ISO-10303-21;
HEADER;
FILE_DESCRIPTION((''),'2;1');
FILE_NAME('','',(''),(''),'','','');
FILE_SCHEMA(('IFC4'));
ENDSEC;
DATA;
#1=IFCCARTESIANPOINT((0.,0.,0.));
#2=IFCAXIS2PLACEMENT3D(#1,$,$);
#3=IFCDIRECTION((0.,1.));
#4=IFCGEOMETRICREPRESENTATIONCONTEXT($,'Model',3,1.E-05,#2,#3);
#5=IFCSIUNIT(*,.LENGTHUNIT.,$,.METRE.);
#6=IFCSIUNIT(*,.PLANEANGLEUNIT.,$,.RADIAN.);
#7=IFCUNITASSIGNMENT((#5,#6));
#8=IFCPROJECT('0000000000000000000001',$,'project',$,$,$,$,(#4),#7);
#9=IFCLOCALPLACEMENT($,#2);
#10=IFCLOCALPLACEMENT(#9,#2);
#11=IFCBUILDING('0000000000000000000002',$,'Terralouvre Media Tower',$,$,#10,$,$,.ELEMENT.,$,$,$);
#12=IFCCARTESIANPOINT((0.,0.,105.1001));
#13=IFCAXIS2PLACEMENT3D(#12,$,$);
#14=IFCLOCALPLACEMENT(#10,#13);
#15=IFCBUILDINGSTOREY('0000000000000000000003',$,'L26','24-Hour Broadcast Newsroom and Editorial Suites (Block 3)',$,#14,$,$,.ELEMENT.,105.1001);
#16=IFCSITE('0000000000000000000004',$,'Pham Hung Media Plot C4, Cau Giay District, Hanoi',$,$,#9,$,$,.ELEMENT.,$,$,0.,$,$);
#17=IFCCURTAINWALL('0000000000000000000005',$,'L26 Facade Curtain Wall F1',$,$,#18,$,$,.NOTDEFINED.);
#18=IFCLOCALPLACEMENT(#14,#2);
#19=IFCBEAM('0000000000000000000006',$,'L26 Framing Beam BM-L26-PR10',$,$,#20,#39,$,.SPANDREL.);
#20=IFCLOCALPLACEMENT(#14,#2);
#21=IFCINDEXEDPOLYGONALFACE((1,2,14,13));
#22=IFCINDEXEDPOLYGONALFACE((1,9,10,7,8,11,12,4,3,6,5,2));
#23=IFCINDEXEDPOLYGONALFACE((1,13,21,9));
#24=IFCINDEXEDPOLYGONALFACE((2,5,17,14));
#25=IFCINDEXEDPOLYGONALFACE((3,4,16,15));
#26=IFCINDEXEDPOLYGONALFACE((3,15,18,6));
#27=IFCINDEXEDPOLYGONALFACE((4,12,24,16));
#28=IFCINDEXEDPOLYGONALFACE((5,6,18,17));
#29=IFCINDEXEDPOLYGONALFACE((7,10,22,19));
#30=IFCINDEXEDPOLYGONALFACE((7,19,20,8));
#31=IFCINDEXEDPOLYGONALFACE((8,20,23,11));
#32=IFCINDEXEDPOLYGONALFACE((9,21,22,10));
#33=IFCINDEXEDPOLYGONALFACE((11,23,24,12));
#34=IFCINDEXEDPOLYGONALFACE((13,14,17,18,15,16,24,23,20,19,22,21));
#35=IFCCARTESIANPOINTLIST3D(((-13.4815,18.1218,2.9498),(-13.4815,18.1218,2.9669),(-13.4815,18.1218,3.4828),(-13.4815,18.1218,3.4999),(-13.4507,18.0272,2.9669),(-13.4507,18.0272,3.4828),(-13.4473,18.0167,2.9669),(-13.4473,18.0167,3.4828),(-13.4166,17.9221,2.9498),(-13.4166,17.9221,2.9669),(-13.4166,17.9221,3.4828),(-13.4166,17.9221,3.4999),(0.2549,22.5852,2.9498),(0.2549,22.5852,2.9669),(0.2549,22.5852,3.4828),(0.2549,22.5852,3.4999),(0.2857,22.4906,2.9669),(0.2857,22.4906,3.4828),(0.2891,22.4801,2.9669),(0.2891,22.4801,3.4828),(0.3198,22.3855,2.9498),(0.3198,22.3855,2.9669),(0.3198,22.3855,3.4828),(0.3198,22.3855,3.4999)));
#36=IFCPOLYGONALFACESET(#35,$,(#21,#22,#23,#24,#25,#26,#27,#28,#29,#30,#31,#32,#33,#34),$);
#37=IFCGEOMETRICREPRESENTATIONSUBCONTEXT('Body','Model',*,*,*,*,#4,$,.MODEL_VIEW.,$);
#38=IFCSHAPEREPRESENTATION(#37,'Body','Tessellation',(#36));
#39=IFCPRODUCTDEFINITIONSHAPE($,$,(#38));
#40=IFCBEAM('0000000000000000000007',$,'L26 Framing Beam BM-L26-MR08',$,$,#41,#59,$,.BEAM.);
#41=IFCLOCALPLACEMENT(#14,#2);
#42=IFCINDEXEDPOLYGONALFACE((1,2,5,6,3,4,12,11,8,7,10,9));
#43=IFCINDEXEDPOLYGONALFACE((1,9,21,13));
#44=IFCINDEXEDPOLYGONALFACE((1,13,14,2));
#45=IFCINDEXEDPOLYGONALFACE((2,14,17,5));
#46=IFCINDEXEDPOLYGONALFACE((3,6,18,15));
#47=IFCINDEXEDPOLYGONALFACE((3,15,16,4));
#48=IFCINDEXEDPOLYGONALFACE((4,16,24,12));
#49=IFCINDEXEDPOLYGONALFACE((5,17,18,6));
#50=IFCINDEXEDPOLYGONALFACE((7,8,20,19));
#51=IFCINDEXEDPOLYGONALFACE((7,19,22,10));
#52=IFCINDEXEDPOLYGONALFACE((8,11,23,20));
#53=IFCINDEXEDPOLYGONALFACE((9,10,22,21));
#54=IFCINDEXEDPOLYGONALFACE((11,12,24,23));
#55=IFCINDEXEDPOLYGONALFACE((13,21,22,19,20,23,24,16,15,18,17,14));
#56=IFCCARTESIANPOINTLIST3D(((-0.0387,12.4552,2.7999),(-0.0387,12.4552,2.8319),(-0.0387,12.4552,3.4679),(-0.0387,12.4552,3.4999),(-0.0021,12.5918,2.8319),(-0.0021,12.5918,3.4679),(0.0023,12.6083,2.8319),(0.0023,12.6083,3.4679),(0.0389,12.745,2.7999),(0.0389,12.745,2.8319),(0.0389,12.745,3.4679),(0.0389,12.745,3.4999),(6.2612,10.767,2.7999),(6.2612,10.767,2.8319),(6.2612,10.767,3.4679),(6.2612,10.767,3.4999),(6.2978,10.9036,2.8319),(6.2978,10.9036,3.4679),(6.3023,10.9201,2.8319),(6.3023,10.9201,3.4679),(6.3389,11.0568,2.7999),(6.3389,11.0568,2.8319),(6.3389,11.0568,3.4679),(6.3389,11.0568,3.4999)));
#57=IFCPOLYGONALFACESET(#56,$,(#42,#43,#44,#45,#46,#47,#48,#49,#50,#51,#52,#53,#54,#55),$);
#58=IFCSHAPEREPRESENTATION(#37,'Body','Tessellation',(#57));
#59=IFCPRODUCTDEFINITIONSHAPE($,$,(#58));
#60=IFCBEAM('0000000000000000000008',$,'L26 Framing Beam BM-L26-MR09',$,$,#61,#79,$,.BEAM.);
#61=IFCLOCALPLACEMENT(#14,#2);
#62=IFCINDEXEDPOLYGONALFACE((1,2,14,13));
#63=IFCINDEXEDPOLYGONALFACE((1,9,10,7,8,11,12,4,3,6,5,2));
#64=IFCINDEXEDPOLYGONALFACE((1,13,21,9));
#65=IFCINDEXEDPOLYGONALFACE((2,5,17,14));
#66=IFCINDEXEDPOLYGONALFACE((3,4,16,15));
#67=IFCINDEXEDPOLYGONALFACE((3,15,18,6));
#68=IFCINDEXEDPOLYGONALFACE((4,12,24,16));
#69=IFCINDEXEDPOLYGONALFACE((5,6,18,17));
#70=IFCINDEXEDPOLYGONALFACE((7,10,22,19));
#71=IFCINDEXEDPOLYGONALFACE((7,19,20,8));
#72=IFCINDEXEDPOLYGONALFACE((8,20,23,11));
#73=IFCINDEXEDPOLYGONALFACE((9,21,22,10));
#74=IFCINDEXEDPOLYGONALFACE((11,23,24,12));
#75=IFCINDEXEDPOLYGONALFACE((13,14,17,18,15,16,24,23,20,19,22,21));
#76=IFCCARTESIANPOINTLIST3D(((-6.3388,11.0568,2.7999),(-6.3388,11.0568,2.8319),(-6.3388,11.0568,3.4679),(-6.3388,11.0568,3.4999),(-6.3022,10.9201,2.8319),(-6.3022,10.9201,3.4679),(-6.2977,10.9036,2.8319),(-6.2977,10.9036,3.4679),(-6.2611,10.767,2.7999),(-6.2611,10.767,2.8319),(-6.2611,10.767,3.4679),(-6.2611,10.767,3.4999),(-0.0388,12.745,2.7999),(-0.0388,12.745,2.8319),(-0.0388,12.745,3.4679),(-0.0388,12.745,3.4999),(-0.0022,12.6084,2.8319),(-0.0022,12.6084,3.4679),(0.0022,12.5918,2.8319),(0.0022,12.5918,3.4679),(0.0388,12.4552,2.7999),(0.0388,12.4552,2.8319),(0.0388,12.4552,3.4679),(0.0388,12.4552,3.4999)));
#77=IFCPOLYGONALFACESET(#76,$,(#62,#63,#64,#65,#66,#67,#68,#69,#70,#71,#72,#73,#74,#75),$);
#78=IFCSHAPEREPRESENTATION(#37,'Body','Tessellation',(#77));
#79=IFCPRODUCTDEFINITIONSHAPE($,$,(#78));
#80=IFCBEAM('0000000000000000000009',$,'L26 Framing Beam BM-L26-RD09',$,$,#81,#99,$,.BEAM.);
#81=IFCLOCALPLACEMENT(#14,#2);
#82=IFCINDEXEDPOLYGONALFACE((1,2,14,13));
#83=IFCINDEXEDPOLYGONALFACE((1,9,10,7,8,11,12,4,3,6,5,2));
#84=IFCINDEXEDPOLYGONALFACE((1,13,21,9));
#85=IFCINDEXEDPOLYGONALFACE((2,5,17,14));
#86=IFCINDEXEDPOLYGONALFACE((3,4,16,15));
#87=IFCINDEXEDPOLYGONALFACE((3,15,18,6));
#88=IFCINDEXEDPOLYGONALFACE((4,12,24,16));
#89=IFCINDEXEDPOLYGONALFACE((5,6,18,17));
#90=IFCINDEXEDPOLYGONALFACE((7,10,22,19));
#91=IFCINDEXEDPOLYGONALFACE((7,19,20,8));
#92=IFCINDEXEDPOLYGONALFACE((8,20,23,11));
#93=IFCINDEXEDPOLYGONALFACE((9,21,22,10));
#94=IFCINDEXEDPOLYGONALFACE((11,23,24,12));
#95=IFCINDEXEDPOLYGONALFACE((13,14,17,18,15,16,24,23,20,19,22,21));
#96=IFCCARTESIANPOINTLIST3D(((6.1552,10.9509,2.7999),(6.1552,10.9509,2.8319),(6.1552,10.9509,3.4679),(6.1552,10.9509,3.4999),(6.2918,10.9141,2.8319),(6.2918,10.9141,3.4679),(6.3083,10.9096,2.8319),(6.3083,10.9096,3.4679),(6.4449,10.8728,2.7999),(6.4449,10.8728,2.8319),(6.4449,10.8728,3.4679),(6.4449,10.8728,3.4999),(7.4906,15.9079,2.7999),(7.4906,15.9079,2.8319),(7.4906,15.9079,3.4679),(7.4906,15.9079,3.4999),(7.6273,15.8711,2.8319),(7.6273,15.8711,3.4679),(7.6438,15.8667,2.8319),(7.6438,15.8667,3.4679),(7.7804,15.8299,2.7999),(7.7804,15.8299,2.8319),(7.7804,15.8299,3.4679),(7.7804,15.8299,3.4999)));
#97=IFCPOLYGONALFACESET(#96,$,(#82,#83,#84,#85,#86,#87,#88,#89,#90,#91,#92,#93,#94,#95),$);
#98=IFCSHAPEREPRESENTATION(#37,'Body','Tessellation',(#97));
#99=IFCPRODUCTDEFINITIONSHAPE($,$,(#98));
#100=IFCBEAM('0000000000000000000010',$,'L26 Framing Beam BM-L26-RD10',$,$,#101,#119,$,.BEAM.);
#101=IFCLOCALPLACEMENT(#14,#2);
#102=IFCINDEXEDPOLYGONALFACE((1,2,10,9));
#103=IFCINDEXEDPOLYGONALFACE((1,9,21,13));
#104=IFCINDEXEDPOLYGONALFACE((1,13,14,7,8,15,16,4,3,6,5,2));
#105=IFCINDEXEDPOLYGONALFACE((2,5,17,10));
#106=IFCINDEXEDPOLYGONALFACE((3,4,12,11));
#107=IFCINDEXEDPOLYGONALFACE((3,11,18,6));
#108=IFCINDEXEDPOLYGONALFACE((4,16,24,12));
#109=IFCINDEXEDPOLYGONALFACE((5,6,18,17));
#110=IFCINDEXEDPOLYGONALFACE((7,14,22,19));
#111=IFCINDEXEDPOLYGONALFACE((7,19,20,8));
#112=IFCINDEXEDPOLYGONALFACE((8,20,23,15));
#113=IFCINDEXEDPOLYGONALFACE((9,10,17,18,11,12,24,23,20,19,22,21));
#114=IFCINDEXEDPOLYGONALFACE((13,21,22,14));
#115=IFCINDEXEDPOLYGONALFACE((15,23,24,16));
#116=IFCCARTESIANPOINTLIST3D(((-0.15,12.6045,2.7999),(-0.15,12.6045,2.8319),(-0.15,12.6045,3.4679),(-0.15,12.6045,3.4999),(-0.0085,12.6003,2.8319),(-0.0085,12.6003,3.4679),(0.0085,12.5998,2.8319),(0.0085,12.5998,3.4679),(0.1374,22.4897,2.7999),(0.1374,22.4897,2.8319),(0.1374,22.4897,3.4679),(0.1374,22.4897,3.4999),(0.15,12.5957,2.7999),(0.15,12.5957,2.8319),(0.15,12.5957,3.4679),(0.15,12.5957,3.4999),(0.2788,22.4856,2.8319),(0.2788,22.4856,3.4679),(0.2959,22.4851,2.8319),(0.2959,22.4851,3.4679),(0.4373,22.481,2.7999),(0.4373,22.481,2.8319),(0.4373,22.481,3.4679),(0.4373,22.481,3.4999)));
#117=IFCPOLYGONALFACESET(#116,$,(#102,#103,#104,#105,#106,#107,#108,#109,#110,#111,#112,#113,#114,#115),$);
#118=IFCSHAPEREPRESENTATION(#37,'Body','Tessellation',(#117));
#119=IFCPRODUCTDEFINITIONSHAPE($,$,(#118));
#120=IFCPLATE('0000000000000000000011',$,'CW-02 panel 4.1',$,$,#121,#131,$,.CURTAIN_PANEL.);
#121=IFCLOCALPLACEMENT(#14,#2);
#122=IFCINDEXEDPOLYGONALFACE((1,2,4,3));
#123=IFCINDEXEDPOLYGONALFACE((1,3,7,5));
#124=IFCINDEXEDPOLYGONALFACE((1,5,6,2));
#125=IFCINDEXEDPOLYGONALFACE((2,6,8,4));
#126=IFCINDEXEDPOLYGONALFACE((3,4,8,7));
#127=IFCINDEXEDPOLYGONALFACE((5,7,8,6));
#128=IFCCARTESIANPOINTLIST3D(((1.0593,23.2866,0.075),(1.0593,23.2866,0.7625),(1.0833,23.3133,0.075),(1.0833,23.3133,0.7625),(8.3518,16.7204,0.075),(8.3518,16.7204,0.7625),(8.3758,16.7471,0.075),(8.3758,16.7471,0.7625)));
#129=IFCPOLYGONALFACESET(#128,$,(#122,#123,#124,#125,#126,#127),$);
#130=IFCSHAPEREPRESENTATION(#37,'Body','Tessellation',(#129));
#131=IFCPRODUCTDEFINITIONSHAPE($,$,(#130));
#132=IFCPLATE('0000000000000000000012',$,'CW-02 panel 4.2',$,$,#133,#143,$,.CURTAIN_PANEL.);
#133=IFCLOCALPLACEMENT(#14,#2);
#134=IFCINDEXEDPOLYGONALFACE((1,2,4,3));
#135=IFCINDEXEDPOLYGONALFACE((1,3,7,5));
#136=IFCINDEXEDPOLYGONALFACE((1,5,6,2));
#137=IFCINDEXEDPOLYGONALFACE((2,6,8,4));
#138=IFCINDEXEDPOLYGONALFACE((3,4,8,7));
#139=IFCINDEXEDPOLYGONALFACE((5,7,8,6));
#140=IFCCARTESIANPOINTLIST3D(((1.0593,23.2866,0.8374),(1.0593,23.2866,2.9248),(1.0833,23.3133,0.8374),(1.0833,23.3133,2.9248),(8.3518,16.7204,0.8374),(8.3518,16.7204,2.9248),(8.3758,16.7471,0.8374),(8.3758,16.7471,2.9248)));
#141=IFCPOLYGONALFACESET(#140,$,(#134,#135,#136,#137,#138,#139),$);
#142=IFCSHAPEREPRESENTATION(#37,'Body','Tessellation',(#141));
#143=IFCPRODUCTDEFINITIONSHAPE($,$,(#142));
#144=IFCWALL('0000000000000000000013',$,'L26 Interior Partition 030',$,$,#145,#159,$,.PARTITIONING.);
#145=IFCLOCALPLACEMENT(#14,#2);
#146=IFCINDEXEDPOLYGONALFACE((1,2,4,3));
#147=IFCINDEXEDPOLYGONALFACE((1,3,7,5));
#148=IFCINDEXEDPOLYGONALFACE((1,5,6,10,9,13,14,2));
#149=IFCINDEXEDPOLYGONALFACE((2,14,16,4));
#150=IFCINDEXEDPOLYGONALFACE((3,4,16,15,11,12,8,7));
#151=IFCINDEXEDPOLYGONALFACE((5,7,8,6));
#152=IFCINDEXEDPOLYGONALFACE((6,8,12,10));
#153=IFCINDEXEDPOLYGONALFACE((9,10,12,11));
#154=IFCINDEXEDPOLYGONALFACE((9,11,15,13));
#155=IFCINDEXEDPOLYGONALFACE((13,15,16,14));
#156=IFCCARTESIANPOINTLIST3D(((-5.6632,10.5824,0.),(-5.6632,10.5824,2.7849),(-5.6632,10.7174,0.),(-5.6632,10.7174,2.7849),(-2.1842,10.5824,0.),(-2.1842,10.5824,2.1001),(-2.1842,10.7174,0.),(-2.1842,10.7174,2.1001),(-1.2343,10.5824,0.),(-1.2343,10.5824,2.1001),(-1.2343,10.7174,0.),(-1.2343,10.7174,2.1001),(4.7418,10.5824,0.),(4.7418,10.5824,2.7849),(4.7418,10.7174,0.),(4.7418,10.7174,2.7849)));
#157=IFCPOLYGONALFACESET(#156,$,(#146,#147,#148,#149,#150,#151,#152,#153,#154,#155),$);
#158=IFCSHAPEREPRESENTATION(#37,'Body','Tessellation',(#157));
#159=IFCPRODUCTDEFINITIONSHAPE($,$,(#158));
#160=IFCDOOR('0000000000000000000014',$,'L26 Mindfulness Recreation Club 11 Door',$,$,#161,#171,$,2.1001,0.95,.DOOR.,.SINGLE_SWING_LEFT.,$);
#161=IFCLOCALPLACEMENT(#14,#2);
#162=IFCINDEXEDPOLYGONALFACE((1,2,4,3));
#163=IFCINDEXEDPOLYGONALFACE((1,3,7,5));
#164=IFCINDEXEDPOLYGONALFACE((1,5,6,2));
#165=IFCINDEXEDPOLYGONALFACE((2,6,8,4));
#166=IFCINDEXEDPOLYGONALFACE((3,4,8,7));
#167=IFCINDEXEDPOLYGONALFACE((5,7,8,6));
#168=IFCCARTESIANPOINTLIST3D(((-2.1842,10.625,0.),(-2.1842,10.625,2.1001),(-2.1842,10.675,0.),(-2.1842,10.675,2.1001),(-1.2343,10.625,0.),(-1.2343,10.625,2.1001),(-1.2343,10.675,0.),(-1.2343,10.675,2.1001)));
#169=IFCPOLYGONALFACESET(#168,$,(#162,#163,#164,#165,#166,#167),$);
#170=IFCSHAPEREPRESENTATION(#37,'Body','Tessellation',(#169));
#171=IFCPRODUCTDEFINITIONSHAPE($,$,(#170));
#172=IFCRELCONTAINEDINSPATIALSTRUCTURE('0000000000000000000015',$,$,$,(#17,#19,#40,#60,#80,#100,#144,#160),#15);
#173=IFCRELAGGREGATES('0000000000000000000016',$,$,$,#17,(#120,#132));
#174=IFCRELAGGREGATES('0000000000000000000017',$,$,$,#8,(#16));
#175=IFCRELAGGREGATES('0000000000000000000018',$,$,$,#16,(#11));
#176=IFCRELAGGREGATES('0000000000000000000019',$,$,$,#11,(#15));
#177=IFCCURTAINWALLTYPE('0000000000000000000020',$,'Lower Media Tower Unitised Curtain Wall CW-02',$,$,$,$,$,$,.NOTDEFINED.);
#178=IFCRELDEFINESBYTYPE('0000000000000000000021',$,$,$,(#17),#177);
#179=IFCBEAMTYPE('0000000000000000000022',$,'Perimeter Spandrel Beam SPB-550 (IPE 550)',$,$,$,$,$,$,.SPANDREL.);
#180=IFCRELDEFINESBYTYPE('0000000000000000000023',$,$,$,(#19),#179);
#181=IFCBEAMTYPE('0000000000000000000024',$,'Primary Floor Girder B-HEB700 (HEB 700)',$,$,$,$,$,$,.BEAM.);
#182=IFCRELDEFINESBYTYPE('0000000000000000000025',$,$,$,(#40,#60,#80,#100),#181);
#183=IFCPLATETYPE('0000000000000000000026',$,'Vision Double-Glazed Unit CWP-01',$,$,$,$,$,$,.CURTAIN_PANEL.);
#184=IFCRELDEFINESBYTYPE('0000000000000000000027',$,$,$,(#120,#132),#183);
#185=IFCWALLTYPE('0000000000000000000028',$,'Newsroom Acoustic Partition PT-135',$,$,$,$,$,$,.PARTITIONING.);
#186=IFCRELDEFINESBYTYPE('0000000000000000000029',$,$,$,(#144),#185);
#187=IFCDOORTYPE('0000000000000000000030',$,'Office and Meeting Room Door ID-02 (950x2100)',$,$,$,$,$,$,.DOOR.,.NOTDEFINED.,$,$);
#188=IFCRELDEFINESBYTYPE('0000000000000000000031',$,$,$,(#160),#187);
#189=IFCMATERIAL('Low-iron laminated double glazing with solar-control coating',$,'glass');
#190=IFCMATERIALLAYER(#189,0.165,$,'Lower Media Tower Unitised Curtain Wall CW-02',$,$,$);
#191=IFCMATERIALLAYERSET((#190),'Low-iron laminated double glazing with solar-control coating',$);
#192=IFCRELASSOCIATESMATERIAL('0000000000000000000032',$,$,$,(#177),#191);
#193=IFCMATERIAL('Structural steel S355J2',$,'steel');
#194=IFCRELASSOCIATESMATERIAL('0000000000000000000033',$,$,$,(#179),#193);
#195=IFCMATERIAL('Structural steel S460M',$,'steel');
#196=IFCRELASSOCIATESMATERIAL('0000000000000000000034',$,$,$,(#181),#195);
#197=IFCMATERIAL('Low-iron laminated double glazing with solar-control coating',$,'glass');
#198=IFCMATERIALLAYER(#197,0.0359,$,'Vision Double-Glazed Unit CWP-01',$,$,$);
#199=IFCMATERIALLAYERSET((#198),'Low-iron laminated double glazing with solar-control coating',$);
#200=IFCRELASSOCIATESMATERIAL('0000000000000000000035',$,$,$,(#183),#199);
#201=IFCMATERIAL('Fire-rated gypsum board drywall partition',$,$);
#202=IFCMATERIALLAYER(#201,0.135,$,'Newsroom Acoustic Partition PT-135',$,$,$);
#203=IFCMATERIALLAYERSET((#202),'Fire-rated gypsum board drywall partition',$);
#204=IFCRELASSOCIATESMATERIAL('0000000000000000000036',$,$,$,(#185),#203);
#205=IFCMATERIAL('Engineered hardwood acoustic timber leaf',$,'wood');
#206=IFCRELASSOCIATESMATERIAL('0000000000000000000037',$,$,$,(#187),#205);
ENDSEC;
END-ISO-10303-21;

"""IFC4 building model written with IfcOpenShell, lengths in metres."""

from ifc_helpers import new_model, si_unit, direction, frame, frame_2d, origin, origin_2d, place, context, subcontext, project, spatial, rectangle, i_section, extrude, material, layer, layer_set, material_profile, profile_set, type_object, element, fill, aggregate, save


model = new_model("IFC4")

# Units and contexts
model_context = context("Model", 3, precision=1e-05, world=origin(), true_north=direction((0.0, 1.0)))
body_context = subcontext(model_context, "Body", "Model", "MODEL_VIEW")
ifc_project = project(units=[si_unit("LENGTHUNIT", "METRE"), si_unit("PLANEANGLEUNIT", "RADIAN")], contexts=[model_context])

# Site, building, storey
site_placement = place(None, origin())
site = spatial("IfcSite", under=ifc_project, at=site_placement, Name="Pham Hung Media Plot C4, Cau Giay District, Hanoi", CompositionType="ELEMENT", RefElevation=0.0)
building_placement = place(site_placement, origin())
building = spatial("IfcBuilding", under=site, at=building_placement, Name="Terralouvre Media Tower", CompositionType="ELEMENT")
storey_placement = place(building_placement, frame((0.0, 0.0, 105.1001)))
storey = spatial("IfcBuildingStorey", under=building, at=storey_placement, Name="L26", Description="24-Hour Broadcast Newsroom and Editorial Suites (Block 3)", CompositionType="ELEMENT", Elevation=105.1001)

# Curtain wall
ifc_material_1 = material(Name="Low-iron laminated double glazing with solar-control coating", Category="glass")
ifc_layer_1 = layer(ifc_material_1, 0.165, Name="Lower Media Tower Unitised Curtain Wall CW-02")
ifc_layer_set_1 = layer_set([ifc_layer_1], Name="Low-iron laminated double glazing with solar-control coating")
curtain_wall_type = type_object("IfcCurtainWallType", Name="Lower Media Tower Unitised Curtain Wall CW-02", PredefinedType="NOTDEFINED", material=ifc_layer_set_1)
curtain_wall_placement = place(storey_placement, origin())
curtain_wall = element("IfcCurtainWall", 1, at=curtain_wall_placement, inside=storey, type_object=curtain_wall_type, Name="L26 Facade Curtain Wall F1", PredefinedType="NOTDEFINED")

# Beams
ifc_material_2 = material(Name="Structural steel S355J2", Category="steel")
ifc_material_profile_1 = material_profile(ifc_material_2, i_section(OverallWidth=0.21, OverallDepth=0.55, WebThickness=0.011, FlangeThickness=0.0171, at=origin_2d()), Name="IPE 550")
ifc_profile_set_1 = profile_set([ifc_material_profile_1], Name="Structural steel S355J2")
beam_type_1 = type_object("IfcBeamType", Name="Perimeter Spandrel Beam SPB-550 (IPE 550)", PredefinedType="SPANDREL", material=ifc_profile_set_1)
beam_1_placement = place(storey_placement, frame((0.2874, 22.4854, 3.2249), z_axis=(-0.951053, -0.309028, 0.0), x_axis=(0.309028, -0.951053, 0.0)))
element("IfcBeam", 2, at=beam_1_placement, inside=storey, type_object=beam_type_1, Name="L26 Framing Beam BM-L26-PR10", PredefinedType="SPANDREL", context=body_context, shape_type="SweptSolid", body=[
    extrude(i_section(OverallWidth=0.21, OverallDepth=0.55, WebThickness=0.011, FlangeThickness=0.0171, at=origin_2d()), origin(), (0.0, 0.0, 1.0), 14.4434),
])
ifc_material_3 = material(Name="Structural steel S460M", Category="steel")
ifc_material_profile_2 = material_profile(ifc_material_3, i_section(OverallWidth=0.3, OverallDepth=0.7, WebThickness=0.0171, FlangeThickness=0.032, at=origin_2d()), Name="HEB 700")
ifc_profile_set_2 = profile_set([ifc_material_profile_2], Name="Structural steel S460M")
beam_type_2 = type_object("IfcBeamType", Name="Primary Floor Girder B-HEB700 (HEB 700)", PredefinedType="BEAM", material=ifc_profile_set_2)
for number, where, z_axis, x_axis, name in (
    (3, (6.3, 10.9119, 3.1499), (-0.96592, 0.258839, 0.0), (-0.258839, -0.96592, 0.0), "L26 Framing Beam BM-L26-MR08"),
    (4, (0.0, 12.6001, 3.1499), (-0.96592, -0.258839, 0.0), (0.258839, -0.96592, 0.0), "L26 Framing Beam BM-L26-MR09"),
):
    element("IfcBeam", number, at=place(storey_placement, frame(where, z_axis=z_axis, x_axis=x_axis)), inside=storey, type_object=beam_type_2, Name=name, PredefinedType="BEAM", context=body_context, shape_type="SweptSolid", body=[
        extrude(i_section(OverallWidth=0.3, OverallDepth=0.7, WebThickness=0.0171, FlangeThickness=0.032, at=origin_2d()), origin(), (0.0, 0.0, 1.0), 6.5222),
    ])
beam_2_placement = place(storey_placement, frame((6.3, 10.9119, 3.1499), z_axis=(0.26013, 0.965574, 0.0), x_axis=(-0.965574, 0.26013, 0.0)))
element("IfcBeam", 5, at=beam_2_placement, inside=storey, type_object=beam_type_2, Name="L26 Framing Beam BM-L26-RD09", PredefinedType="BEAM", context=body_context, shape_type="SweptSolid", body=[
    extrude(i_section(OverallWidth=0.3, OverallDepth=0.7, WebThickness=0.0171, FlangeThickness=0.032, at=origin_2d()), origin(), (0.0, 0.0, 1.0), 5.1338),
])
beam_3_placement = place(storey_placement, frame((0.0, 12.6001, 3.1499), z_axis=(0.029057, 0.999578, 0.0), x_axis=(-0.999578, 0.029057, 0.0)))
element("IfcBeam", 6, at=beam_3_placement, inside=storey, type_object=beam_type_2, Name="L26 Framing Beam BM-L26-RD10", PredefinedType="BEAM", context=body_context, shape_type="SweptSolid", body=[
    extrude(i_section(OverallWidth=0.3, OverallDepth=0.7, WebThickness=0.0171, FlangeThickness=0.032, at=origin_2d()), origin(), (0.0, 0.0, 1.0), 9.8894),
])

# Plates
ifc_material_4 = material(Name="Low-iron laminated double glazing with solar-control coating", Category="glass")
ifc_layer_2 = layer(ifc_material_4, 0.0359, Name="Vision Double-Glazed Unit CWP-01")
ifc_layer_set_2 = layer_set([ifc_layer_2], Name="Low-iron laminated double glazing with solar-control coating")
plate_type = type_object("IfcPlateType", Name="Vision Double-Glazed Unit CWP-01", PredefinedType="CURTAIN_PANEL", material=ifc_layer_set_2)
plate_1_placement = place(storey_placement, frame((4.7175, 20.0168, 0.075), z_axis=(0.0, 0.0, 1.0), x_axis=(-0.743145, 0.669131, 0.0)))
plate_1 = element("IfcPlate", 7, at=plate_1_placement, type_object=plate_type, Name="CW-02 panel 4.1", PredefinedType="CURTAIN_PANEL", context=body_context, shape_type="SweptSolid", body=[
    extrude(rectangle(XDim=9.813, YDim=0.0359, at=origin_2d()), origin(), (0.0, 0.0, 1.0), 0.6875),
])
plate_2_placement = place(storey_placement, frame((4.7175, 20.0168, 0.8374), z_axis=(0.0, 0.0, 1.0), x_axis=(-0.743145, 0.669131, 0.0)))
plate_2 = element("IfcPlate", 8, at=plate_2_placement, type_object=plate_type, Name="CW-02 panel 4.2", PredefinedType="CURTAIN_PANEL", context=body_context, shape_type="SweptSolid", body=[
    extrude(rectangle(XDim=9.813, YDim=0.0359, at=origin_2d()), origin(), (0.0, 0.0, 1.0), 2.0874),
])
aggregate(curtain_wall, [plate_1, plate_2])

# Wall, opening, door
ifc_material_5 = material(Name="Fire-rated gypsum board drywall partition")
ifc_layer_3 = layer(ifc_material_5, 0.135, Name="Newsroom Acoustic Partition PT-135")
ifc_layer_set_3 = layer_set([ifc_layer_3], Name="Fire-rated gypsum board drywall partition")
wall_type = type_object("IfcWallType", Name="Newsroom Acoustic Partition PT-135", PredefinedType="PARTITIONING", material=ifc_layer_set_3)
wall_1_placement = place(storey_placement, frame((4.7419, 10.6499, 0.0), z_axis=(0.0, 0.0, 1.0), x_axis=(-1.0, 0.0, 0.0)))
wall_1 = element("IfcWall", 9, at=wall_1_placement, inside=storey, type_object=wall_type, Name="L26 Interior Partition 030", PredefinedType="PARTITIONING", context=body_context, shape_type="SweptSolid", body=[
    extrude(rectangle(XDim=10.405, YDim=0.135, at=frame_2d((5.2026, 0.0))), origin(), (0.0, 0.0, 1.0), 2.7849),
])
opening_1_placement = place(wall_1_placement, frame((5.9761, 0.0, 0.0)))
opening_1 = element("IfcOpeningElement", 10, at=opening_1_placement, cuts=wall_1, PredefinedType="OPENING", context=body_context, shape_type="SweptSolid", body=[
    extrude(rectangle(XDim=0.95, YDim=2.1001, at=frame_2d((0.4751, 1.05))), frame((0.0, 0.0774, 0.0), z_axis=(0.0, -1.0, 0.0), x_axis=(1.0, 0.0, 0.0)), (0.0, 0.0, 1.0), 0.155),
])
ifc_material_6 = material(Name="Engineered hardwood acoustic timber leaf", Category="wood")
door_type_1 = type_object("IfcDoorType", Name="Office and Meeting Room Door ID-02 (950x2100)", OperationType="NOTDEFINED", PredefinedType="DOOR", material=ifc_material_6)
door_1_placement = place(opening_1_placement, origin())
door_1 = element("IfcDoor", 11, at=door_1_placement, inside=storey, type_object=door_type_1, Name="L26 Mindfulness Recreation Club 11 Door", OperationType="SINGLE_SWING_LEFT", OverallHeight=2.1001, OverallWidth=0.95, PredefinedType="DOOR", context=body_context, shape_type="SweptSolid", body=[
    extrude(rectangle(XDim=0.95, YDim=2.1001, at=frame_2d((0.4751, 1.05))), frame((0.0, 0.0249, 0.0), z_axis=(0.0, -1.0, 0.0), x_axis=(1.0, 0.0, 0.0)), (0.0, 0.0, 1.0), 0.05),
])
fill(opening_1, door_1)

save(model, "model.ifc")
